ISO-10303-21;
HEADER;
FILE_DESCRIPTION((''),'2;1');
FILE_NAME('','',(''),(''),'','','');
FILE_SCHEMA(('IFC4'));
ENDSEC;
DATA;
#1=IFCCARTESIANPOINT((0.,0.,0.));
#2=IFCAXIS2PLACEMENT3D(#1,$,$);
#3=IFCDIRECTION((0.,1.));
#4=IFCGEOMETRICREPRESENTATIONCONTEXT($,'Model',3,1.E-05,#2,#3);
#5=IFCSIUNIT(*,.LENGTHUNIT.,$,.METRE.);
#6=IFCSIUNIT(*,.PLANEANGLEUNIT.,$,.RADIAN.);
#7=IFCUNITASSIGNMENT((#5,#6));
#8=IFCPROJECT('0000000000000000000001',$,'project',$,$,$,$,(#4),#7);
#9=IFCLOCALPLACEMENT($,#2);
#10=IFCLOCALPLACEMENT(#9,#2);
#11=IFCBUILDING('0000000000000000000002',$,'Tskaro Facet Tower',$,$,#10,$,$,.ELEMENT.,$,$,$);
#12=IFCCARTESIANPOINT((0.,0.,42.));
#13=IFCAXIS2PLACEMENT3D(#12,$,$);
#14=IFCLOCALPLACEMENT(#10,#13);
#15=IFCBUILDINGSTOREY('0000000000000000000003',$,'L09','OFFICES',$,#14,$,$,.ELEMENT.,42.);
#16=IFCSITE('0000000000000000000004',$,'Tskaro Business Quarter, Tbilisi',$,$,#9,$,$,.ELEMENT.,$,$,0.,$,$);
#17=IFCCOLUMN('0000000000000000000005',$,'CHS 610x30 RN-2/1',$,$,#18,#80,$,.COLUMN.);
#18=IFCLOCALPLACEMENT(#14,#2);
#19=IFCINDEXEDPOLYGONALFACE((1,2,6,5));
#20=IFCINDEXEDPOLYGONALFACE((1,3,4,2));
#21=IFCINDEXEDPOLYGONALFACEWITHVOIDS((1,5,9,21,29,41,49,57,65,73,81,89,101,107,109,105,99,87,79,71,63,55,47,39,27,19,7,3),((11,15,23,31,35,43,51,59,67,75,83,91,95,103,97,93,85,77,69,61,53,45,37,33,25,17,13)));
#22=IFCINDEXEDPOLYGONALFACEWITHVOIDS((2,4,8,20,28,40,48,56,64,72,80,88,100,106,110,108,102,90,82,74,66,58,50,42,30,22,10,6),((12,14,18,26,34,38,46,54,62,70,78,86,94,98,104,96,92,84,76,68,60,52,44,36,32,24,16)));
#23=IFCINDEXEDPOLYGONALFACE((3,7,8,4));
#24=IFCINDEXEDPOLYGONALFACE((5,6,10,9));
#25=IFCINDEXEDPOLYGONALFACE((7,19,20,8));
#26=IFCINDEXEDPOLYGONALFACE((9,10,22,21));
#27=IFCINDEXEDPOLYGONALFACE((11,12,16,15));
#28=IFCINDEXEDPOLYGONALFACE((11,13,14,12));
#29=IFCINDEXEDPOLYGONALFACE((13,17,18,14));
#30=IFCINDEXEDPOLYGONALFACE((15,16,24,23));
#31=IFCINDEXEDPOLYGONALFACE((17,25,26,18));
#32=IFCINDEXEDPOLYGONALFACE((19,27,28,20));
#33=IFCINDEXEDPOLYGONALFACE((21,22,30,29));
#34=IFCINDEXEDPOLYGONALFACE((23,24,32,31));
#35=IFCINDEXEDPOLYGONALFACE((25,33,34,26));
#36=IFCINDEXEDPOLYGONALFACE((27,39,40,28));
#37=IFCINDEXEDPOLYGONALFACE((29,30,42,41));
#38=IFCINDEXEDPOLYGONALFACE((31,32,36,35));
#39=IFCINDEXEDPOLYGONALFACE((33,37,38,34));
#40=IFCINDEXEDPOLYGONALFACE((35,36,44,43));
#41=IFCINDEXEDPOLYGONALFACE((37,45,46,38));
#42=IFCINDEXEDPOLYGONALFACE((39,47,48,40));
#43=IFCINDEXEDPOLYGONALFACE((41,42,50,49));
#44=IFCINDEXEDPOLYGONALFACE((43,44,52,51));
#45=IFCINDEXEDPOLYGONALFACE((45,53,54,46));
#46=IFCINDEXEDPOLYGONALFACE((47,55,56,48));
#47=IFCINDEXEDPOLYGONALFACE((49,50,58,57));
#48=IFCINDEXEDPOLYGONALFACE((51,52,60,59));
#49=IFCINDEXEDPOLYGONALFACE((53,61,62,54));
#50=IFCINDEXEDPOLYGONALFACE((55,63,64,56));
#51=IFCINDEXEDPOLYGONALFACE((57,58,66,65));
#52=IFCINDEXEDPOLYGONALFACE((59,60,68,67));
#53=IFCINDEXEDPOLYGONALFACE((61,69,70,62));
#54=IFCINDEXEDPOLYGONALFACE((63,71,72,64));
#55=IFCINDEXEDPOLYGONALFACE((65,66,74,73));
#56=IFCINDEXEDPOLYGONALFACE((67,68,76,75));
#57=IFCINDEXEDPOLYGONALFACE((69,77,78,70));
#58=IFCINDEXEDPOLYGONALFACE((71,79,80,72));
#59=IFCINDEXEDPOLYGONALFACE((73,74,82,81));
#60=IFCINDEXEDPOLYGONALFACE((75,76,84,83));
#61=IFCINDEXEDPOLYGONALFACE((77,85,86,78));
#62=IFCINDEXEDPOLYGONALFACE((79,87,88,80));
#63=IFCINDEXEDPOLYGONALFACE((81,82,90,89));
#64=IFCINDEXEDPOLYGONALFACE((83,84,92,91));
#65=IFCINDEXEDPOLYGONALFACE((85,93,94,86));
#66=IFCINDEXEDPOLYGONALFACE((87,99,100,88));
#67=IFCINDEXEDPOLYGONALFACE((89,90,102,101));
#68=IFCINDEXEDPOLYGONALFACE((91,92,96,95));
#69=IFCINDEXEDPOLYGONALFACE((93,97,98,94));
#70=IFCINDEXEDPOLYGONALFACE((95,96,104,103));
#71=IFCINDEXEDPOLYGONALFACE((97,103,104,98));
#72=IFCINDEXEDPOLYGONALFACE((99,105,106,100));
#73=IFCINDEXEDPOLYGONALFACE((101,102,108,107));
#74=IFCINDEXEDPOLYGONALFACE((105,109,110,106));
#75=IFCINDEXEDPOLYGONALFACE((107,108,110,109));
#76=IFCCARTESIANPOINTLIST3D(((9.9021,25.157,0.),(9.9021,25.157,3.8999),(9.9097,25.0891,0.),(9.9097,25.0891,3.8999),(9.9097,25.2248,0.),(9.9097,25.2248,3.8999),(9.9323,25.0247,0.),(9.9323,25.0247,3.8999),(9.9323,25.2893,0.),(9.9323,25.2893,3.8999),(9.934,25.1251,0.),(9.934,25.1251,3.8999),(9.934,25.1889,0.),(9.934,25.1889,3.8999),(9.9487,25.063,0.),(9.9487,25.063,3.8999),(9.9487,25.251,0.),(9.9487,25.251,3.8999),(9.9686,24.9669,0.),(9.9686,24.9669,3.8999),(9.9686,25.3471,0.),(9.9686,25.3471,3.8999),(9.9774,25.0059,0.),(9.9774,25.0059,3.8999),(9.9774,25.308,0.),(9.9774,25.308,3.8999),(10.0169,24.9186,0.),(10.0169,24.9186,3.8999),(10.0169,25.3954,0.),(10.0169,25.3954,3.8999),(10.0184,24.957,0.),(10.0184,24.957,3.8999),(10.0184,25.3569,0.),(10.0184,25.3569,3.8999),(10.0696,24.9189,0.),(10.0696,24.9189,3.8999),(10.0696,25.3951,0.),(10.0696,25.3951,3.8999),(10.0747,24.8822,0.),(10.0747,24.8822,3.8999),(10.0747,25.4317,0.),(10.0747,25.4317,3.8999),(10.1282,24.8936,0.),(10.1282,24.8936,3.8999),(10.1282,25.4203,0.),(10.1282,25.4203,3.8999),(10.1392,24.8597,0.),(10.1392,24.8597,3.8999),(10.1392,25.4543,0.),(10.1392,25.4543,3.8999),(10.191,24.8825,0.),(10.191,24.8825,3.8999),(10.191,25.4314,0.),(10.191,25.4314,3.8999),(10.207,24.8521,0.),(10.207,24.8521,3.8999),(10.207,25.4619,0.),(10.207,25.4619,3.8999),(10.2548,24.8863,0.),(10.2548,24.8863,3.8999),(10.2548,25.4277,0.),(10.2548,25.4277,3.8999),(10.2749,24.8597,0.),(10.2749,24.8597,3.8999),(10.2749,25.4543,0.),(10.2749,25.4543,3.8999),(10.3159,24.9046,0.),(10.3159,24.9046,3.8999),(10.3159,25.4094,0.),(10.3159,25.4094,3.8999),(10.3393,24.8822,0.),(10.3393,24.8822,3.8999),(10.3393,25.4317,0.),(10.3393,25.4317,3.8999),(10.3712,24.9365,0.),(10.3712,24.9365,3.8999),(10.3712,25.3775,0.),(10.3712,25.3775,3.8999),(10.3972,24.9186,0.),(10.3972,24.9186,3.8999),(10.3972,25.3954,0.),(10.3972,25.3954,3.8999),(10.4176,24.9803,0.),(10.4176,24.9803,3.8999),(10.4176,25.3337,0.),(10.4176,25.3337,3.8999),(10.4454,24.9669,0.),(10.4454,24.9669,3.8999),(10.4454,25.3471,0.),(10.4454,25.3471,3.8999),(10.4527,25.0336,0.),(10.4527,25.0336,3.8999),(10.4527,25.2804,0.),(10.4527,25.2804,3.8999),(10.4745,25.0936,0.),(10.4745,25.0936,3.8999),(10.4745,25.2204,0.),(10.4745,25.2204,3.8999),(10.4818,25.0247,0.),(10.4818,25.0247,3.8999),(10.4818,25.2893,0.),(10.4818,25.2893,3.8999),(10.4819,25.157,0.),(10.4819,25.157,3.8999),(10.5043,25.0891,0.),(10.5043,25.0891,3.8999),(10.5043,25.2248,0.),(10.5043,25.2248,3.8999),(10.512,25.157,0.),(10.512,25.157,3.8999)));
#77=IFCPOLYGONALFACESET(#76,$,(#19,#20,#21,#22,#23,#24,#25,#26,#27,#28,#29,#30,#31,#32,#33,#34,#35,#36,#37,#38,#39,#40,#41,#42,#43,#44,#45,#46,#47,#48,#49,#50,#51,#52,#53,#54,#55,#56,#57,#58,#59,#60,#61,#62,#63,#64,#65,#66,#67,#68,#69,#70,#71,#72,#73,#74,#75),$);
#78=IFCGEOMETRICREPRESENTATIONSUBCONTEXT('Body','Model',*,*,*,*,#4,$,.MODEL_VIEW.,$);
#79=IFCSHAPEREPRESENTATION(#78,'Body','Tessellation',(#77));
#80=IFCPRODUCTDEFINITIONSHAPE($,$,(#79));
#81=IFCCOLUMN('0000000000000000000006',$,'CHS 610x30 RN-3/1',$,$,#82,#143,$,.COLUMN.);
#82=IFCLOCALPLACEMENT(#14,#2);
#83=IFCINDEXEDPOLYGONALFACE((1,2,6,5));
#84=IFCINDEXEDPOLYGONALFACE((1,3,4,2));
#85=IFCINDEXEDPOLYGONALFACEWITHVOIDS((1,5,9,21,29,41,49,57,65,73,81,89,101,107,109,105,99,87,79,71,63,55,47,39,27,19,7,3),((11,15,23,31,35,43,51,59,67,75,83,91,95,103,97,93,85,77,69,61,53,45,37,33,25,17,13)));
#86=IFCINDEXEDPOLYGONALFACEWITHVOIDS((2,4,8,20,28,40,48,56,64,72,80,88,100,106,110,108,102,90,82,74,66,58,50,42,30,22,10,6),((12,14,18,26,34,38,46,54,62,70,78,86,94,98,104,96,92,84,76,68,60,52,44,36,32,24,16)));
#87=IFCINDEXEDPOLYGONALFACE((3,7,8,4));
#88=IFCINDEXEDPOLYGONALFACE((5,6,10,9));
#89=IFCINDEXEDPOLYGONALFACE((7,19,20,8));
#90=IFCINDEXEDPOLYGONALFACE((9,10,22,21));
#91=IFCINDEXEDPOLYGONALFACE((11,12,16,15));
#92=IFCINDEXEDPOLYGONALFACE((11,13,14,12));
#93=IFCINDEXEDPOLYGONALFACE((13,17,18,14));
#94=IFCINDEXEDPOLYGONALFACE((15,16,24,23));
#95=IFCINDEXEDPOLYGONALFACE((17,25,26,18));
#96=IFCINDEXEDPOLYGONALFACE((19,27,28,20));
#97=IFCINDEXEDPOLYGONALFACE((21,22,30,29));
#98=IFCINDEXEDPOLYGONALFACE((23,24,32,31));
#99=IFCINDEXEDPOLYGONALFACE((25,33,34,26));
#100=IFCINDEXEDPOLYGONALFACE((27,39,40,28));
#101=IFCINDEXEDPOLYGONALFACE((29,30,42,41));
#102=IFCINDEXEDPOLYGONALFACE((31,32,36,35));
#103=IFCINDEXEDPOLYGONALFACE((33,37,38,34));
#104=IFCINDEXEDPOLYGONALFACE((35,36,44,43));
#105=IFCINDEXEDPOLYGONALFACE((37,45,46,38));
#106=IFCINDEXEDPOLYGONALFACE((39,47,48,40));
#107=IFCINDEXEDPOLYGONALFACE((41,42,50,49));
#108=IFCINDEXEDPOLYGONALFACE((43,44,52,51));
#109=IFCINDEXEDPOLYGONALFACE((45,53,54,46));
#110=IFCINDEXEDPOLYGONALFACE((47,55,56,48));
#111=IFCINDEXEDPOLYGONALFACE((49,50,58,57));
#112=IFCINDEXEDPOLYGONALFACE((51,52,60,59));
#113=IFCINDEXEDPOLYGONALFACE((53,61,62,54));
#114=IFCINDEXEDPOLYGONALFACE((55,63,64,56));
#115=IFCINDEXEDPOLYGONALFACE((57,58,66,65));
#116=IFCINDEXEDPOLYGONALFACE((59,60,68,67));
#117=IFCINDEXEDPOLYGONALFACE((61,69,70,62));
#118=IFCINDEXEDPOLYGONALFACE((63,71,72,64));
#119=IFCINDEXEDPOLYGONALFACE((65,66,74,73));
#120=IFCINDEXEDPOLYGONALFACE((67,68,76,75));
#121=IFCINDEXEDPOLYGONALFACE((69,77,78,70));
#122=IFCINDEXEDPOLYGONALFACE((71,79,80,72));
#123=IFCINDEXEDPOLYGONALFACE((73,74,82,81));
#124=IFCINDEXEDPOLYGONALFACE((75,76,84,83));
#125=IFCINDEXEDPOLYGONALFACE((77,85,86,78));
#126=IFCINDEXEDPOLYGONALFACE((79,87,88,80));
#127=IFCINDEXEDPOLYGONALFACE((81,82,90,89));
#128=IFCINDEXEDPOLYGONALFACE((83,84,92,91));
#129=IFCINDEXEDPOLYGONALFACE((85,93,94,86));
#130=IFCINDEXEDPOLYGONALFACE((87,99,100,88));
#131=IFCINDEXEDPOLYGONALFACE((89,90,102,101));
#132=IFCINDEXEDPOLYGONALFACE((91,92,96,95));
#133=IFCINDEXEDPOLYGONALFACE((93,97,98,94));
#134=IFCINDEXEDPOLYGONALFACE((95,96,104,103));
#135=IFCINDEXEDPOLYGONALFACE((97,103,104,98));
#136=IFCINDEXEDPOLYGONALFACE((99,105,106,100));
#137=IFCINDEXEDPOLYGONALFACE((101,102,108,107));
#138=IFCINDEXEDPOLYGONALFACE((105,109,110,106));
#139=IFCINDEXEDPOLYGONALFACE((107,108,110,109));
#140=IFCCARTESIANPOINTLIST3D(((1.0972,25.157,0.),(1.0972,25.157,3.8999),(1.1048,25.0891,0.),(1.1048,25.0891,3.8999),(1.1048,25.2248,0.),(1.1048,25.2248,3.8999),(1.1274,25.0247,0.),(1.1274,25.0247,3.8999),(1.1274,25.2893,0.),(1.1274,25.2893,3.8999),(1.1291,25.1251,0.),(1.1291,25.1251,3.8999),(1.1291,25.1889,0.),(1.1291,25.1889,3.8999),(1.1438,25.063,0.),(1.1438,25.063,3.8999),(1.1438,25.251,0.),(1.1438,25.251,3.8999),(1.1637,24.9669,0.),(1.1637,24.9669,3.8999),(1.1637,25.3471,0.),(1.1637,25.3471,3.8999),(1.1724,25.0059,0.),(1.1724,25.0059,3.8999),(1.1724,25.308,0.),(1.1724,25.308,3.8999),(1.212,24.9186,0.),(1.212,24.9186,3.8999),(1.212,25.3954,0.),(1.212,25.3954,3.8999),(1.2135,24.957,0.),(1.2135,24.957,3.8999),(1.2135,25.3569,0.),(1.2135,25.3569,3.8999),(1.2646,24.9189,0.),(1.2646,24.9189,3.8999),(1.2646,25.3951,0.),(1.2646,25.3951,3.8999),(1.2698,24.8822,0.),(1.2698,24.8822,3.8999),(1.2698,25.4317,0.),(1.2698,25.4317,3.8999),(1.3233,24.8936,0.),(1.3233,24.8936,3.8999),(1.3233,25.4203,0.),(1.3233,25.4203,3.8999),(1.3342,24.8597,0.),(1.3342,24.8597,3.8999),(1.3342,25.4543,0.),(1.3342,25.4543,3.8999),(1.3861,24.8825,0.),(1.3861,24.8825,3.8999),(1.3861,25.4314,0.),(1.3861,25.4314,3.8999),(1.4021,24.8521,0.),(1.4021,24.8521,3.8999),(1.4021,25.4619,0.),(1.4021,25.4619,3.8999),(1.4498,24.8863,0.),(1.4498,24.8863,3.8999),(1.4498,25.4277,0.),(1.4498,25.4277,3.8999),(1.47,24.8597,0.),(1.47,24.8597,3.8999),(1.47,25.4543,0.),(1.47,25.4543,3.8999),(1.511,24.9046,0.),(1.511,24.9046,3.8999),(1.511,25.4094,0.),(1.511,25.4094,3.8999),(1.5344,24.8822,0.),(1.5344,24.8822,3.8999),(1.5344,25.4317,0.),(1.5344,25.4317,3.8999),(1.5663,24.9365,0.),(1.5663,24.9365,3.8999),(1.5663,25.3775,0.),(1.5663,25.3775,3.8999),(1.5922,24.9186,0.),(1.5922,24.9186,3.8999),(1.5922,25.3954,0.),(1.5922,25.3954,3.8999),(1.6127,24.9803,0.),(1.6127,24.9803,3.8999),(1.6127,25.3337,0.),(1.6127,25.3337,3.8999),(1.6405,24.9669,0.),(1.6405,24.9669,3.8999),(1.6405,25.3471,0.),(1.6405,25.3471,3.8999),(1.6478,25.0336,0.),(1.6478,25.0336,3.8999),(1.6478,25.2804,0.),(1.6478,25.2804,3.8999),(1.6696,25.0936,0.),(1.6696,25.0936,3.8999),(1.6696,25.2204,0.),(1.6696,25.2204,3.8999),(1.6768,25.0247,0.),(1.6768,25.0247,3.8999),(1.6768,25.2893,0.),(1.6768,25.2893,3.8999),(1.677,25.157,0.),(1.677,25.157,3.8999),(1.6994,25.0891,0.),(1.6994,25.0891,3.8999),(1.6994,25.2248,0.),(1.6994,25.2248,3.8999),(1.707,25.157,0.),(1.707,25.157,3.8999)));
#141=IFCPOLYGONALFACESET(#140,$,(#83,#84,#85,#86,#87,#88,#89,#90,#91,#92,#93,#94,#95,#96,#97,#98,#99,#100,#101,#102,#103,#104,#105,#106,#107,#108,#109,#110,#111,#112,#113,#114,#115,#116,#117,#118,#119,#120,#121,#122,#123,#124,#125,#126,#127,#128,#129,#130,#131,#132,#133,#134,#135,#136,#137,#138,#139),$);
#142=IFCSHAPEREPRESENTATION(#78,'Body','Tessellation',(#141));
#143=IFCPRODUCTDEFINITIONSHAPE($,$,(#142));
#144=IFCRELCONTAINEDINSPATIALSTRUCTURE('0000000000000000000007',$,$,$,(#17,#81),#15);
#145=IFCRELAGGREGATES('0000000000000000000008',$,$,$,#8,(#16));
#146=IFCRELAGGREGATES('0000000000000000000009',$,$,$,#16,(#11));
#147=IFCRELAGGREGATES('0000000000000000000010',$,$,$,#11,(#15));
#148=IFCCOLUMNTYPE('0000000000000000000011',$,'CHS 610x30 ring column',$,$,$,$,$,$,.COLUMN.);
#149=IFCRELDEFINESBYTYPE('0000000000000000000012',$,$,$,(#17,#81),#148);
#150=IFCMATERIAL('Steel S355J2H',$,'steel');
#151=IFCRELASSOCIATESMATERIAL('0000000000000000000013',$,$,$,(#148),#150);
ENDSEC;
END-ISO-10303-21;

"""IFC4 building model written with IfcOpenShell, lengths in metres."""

from ifc_helpers import new_model, si_unit, direction, frame, origin, origin_2d, place, context, subcontext, project, spatial, hollow_circle, extrude, material, material_profile, profile_set, type_object, element, save


model = new_model("IFC4")

# Units and contexts
model_context = context("Model", 3, precision=1e-05, world=origin(), true_north=direction((0.0, 1.0)))
body_context = subcontext(model_context, "Body", "Model", "MODEL_VIEW")
ifc_project = project(units=[si_unit("LENGTHUNIT", "METRE"), si_unit("PLANEANGLEUNIT", "RADIAN")], contexts=[model_context])

# Site, building, storey
site_placement = place(None, origin())
site = spatial("IfcSite", under=ifc_project, at=site_placement, Name="Tskaro Business Quarter, Tbilisi", CompositionType="ELEMENT", RefElevation=0.0)
building_placement = place(site_placement, origin())
building = spatial("IfcBuilding", under=site, at=building_placement, Name="Tskaro Facet Tower", CompositionType="ELEMENT")
storey_placement = place(building_placement, frame((0.0, 0.0, 42.0)))
storey = spatial("IfcBuildingStorey", under=building, at=storey_placement, Name="L09", Description="OFFICES", CompositionType="ELEMENT", Elevation=42.0)

# Columns
ifc_material_1 = material(Name="Steel S355J2H", Category="steel")
ifc_material_profile_1 = material_profile(ifc_material_1, hollow_circle(Radius=0.3049, WallThickness=0.03, at=origin_2d()), Name="CHS 610x30")
ifc_profile_set_1 = profile_set([ifc_material_profile_1], Name="Steel S355J2H")
column_type_1 = type_object("IfcColumnType", Name="CHS 610x30 ring column", PredefinedType="COLUMN", material=ifc_profile_set_1)
for number, where, z_axis, x_axis, name in (
    (1, (10.207, 25.157, 0.0), (0.0, 0.0, 1.0), (1.0, 0.0, 0.0), "CHS 610x30 RN-2/1"),
    (2, (1.4021, 25.157, 0.0), (0.0, 0.0, 1.0), (1.0, 0.0, 0.0), "CHS 610x30 RN-3/1"),
):
    element("IfcColumn", number, at=place(storey_placement, frame(where, z_axis=z_axis, x_axis=x_axis)), inside=storey, type_object=column_type_1, Name=name, PredefinedType="COLUMN", context=body_context, shape_type="SweptSolid", body=[
        extrude(hollow_circle(Radius=0.3049, WallThickness=0.03, at=origin_2d()), origin(), (0.0, 0.0, 1.0), 3.8999),
    ])

save(model, "model.ifc")
